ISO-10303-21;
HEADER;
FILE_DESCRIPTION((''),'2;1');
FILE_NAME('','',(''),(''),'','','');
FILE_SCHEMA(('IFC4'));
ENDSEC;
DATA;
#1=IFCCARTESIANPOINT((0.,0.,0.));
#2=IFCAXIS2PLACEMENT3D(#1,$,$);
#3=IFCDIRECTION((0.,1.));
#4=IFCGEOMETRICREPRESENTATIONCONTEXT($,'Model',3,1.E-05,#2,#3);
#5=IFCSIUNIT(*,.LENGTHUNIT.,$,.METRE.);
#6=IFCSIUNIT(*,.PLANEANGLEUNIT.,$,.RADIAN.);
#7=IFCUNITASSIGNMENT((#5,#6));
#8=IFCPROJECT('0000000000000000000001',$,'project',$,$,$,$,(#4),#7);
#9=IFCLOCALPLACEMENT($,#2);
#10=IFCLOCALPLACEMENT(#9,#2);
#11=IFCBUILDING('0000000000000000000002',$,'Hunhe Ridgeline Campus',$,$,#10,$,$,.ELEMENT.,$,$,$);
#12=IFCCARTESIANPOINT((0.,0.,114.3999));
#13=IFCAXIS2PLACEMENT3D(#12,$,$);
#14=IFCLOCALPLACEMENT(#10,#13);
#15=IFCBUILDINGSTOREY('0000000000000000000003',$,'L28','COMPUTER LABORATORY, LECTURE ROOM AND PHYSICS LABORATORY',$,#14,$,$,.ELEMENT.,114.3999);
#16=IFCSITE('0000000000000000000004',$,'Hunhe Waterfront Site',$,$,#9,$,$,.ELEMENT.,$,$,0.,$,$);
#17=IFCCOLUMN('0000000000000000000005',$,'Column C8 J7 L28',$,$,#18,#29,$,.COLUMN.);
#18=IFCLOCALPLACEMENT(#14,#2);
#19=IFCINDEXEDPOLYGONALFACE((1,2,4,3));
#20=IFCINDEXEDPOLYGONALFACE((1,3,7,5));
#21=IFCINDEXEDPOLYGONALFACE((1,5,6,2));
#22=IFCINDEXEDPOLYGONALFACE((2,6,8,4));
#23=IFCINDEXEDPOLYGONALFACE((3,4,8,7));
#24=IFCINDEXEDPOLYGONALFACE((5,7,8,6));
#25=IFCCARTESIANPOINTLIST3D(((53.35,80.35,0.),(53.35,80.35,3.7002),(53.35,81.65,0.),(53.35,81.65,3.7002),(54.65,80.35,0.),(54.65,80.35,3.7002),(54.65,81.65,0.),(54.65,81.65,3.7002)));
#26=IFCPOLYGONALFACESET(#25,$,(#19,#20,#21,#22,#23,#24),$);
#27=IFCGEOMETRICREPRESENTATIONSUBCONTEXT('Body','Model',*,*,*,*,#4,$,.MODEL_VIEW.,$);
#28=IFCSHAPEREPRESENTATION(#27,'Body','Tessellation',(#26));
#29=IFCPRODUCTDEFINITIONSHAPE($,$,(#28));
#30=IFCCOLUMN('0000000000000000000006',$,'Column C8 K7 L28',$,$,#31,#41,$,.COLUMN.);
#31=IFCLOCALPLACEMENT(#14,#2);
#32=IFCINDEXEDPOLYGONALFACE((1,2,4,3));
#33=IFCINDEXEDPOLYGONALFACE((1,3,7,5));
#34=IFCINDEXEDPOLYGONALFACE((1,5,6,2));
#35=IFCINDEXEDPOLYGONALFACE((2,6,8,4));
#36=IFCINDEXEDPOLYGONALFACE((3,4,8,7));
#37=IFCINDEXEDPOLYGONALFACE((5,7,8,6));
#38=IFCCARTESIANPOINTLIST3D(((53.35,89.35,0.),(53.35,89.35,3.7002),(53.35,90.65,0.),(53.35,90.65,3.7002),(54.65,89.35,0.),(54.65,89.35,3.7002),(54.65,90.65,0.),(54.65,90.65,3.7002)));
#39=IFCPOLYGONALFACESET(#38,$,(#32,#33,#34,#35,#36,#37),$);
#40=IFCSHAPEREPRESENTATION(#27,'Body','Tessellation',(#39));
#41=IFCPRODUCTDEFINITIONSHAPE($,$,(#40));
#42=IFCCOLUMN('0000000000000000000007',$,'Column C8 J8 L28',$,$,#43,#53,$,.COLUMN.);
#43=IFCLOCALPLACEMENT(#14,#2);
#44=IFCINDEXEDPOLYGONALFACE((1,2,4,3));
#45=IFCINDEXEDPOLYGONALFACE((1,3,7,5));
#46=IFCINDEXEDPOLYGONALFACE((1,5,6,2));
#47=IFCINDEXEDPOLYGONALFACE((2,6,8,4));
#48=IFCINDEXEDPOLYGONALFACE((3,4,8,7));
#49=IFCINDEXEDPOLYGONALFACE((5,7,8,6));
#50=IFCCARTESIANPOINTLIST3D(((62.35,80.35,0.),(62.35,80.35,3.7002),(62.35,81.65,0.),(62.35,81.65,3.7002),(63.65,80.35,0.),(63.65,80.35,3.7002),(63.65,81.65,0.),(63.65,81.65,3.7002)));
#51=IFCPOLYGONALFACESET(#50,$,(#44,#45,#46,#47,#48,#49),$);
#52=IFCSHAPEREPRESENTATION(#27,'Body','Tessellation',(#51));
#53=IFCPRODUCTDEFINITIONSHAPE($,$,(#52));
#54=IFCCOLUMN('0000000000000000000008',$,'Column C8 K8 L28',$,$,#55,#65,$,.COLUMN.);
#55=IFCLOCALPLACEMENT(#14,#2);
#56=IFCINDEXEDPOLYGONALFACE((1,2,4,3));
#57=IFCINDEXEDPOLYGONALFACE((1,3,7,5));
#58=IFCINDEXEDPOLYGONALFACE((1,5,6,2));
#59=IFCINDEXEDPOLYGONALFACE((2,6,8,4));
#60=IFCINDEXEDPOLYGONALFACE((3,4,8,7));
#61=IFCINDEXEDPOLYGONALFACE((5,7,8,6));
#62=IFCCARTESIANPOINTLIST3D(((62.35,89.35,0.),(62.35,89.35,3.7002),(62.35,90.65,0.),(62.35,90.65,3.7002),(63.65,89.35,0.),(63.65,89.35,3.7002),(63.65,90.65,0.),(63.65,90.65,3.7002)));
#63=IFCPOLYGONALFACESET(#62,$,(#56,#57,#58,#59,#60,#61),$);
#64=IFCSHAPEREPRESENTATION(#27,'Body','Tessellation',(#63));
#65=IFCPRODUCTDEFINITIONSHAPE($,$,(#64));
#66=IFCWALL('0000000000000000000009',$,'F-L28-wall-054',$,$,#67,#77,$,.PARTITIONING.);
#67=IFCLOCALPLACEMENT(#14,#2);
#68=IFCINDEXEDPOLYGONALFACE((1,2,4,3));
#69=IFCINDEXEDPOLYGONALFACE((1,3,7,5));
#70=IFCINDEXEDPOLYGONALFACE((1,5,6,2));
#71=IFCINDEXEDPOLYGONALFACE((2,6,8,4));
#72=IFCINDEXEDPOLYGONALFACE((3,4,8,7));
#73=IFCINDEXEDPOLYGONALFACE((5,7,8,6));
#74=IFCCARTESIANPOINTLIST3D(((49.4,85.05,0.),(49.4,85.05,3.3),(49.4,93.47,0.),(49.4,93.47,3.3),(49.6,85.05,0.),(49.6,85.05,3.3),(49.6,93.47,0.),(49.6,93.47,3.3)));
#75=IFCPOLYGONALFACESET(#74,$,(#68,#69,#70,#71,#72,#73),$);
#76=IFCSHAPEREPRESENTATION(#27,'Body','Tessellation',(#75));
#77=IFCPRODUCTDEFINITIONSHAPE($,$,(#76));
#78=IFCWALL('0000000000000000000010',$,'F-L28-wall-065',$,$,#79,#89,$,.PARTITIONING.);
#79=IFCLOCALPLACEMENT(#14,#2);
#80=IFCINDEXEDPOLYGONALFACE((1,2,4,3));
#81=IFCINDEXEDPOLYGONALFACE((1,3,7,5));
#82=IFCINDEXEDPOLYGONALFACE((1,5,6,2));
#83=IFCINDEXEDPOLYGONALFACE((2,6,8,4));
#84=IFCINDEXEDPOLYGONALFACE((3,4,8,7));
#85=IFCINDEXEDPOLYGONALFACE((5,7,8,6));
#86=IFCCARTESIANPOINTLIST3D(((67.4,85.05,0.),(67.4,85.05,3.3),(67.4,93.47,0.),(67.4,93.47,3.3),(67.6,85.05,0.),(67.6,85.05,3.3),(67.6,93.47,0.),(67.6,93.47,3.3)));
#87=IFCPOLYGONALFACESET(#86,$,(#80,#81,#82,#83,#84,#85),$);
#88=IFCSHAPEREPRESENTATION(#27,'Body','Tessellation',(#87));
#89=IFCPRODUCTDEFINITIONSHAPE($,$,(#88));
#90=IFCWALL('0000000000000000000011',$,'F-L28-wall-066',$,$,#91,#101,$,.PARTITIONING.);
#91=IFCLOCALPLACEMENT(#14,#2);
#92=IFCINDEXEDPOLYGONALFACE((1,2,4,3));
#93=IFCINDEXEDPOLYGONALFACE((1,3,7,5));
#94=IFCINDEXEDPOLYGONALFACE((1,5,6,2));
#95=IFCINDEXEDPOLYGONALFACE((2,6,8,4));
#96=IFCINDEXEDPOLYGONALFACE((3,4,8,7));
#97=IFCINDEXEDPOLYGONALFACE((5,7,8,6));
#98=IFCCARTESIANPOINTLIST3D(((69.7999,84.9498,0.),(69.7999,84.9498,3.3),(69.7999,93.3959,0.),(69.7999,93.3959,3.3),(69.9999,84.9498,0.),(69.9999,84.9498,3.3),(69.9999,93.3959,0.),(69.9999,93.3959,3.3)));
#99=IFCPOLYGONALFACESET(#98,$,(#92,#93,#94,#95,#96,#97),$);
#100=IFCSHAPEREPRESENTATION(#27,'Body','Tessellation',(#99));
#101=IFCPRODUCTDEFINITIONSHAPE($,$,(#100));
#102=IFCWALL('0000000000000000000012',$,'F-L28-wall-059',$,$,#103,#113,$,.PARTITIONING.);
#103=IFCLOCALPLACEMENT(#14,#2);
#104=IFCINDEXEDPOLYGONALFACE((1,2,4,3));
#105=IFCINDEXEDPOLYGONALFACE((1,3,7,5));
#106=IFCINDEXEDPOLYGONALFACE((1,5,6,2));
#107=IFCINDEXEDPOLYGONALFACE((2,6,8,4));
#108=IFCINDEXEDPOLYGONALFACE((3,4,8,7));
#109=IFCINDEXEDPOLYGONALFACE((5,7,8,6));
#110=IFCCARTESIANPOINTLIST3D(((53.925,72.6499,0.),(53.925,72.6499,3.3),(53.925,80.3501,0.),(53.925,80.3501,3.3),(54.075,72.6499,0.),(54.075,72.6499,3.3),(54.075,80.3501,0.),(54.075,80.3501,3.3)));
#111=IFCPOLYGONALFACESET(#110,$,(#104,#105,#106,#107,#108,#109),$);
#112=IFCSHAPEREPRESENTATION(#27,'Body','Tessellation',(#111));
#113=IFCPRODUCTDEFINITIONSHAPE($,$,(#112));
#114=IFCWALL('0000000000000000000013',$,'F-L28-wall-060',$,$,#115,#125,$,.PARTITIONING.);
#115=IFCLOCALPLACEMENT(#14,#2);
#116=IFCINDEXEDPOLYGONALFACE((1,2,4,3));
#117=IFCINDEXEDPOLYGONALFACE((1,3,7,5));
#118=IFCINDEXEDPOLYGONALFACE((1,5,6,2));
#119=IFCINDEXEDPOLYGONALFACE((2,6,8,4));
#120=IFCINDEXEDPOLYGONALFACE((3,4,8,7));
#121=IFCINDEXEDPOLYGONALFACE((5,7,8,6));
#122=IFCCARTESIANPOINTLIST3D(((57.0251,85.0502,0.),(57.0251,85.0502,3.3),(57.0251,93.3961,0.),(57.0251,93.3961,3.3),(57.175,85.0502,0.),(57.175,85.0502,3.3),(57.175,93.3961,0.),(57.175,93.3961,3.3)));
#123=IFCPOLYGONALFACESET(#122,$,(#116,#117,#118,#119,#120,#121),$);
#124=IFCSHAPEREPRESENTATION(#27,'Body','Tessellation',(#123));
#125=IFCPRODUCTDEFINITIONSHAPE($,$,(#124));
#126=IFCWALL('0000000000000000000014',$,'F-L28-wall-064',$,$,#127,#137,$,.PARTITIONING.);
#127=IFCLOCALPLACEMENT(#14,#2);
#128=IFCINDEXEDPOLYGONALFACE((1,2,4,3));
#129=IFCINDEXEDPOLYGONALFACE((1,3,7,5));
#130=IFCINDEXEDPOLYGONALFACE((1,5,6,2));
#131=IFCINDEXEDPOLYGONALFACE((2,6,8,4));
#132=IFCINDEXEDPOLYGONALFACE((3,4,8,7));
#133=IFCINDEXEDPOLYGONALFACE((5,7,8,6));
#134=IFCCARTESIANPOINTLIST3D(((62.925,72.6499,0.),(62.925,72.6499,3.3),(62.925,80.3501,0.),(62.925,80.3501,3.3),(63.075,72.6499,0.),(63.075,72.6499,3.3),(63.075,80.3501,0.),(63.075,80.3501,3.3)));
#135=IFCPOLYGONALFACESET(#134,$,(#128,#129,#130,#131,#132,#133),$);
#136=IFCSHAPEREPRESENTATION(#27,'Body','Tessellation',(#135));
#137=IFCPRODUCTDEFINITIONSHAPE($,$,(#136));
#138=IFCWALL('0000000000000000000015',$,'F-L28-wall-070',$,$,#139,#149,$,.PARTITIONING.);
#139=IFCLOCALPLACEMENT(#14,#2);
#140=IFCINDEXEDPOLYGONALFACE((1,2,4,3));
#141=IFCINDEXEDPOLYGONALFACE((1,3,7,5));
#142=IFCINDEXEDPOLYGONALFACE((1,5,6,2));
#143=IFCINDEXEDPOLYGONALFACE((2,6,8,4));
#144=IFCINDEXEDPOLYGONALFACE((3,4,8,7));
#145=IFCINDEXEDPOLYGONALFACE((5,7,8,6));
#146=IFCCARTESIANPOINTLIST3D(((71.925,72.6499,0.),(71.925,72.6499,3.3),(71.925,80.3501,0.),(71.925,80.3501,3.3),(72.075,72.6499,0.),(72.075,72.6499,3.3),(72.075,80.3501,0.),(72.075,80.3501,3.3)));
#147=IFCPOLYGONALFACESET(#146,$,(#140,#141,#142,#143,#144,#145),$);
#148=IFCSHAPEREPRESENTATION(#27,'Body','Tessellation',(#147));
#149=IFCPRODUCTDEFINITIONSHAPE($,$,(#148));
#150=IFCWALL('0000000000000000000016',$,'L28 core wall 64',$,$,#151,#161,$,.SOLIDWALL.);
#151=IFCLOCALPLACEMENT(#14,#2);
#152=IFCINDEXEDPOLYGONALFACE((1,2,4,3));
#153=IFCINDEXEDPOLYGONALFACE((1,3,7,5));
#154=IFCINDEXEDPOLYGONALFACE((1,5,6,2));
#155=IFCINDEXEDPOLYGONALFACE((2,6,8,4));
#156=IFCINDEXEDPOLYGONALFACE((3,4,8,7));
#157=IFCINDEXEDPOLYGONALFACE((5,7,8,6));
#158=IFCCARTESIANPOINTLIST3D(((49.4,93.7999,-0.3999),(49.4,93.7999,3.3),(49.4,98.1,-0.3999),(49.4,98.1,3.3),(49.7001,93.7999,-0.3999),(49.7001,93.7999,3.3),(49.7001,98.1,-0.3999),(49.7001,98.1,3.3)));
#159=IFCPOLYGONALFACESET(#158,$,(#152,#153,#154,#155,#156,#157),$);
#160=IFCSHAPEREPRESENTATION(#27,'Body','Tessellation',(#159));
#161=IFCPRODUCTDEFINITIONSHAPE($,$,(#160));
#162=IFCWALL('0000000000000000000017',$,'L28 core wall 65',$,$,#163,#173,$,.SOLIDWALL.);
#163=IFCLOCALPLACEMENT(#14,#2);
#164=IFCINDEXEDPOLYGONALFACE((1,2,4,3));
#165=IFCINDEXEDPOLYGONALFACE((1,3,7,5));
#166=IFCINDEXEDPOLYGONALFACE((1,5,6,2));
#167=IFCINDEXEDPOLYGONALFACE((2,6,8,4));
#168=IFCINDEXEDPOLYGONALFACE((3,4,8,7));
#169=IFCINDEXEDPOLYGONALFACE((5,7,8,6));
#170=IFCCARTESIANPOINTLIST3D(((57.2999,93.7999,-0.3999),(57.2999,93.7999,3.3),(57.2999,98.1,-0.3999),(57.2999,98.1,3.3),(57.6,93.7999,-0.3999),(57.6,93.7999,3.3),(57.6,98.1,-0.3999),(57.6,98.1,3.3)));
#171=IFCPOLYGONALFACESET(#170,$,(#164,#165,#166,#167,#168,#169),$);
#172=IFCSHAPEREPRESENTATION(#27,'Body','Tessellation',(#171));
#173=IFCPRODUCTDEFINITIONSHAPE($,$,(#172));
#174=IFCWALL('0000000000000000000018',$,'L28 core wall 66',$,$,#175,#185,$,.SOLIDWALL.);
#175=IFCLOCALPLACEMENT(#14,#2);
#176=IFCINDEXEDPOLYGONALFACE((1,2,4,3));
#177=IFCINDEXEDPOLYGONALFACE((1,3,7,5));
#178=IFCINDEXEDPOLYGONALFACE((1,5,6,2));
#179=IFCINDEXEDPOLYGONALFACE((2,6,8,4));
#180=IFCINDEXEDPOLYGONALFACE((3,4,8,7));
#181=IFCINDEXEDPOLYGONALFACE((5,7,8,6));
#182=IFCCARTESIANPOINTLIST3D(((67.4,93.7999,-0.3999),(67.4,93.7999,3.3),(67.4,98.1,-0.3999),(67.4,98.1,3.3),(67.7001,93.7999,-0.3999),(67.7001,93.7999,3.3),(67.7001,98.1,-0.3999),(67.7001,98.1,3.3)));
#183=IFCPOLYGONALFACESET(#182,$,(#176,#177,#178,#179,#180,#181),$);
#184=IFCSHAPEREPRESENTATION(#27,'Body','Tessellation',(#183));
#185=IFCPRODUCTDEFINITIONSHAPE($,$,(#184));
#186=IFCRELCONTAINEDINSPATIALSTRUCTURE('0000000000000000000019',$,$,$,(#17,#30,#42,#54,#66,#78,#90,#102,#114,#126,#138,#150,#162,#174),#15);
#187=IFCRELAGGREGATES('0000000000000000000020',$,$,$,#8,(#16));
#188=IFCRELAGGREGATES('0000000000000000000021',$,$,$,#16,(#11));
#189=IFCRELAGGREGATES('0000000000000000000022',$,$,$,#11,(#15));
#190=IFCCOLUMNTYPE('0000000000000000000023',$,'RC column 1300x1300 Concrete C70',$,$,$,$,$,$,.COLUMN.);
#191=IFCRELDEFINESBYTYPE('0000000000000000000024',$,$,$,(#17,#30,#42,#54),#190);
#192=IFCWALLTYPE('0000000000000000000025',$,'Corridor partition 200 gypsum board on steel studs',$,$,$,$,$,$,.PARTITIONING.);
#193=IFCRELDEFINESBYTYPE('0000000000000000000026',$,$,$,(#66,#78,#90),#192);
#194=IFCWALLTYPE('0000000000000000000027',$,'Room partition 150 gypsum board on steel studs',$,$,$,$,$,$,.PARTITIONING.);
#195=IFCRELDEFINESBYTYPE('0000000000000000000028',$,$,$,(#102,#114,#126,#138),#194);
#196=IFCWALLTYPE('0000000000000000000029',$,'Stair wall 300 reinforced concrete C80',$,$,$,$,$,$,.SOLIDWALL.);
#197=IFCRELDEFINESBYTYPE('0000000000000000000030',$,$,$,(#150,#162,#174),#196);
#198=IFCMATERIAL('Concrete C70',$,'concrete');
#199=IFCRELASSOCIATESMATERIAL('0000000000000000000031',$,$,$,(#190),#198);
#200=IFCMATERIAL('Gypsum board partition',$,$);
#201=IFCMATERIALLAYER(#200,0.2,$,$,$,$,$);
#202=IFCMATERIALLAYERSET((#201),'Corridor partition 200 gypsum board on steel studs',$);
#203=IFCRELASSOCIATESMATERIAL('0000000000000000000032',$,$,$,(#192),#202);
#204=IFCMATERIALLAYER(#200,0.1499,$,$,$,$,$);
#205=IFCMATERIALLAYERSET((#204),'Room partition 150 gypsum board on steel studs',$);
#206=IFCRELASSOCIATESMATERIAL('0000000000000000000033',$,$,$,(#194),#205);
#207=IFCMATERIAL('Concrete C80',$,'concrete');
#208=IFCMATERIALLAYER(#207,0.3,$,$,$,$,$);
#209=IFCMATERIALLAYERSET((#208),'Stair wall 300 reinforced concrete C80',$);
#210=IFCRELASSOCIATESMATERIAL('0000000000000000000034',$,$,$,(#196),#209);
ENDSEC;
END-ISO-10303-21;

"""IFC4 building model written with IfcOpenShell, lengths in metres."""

from ifc_helpers import new_model, si_unit, direction, frame, frame_2d, origin, origin_2d, place, context, subcontext, project, spatial, rectangle, extrude, material, layer, layer_set, material_profile, profile_set, type_object, element, save


model = new_model("IFC4")

# Units and contexts
model_context = context("Model", 3, precision=1e-05, world=origin(), true_north=direction((0.0, 1.0)))
body_context = subcontext(model_context, "Body", "Model", "MODEL_VIEW")
ifc_project = project(units=[si_unit("LENGTHUNIT", "METRE"), si_unit("PLANEANGLEUNIT", "RADIAN")], contexts=[model_context])

# Site, building, storey
site_placement = place(None, origin())
site = spatial("IfcSite", under=ifc_project, at=site_placement, Name="Hunhe Waterfront Site", CompositionType="ELEMENT", RefElevation=0.0)
building_placement = place(site_placement, origin())
building = spatial("IfcBuilding", under=site, at=building_placement, Name="Hunhe Ridgeline Campus", CompositionType="ELEMENT")
storey_placement = place(building_placement, frame((0.0, 0.0, 114.3999)))
storey = spatial("IfcBuildingStorey", under=building, at=storey_placement, Name="L28", Description="COMPUTER LABORATORY, LECTURE ROOM AND PHYSICS LABORATORY", CompositionType="ELEMENT", Elevation=114.3999)

# Columns
ifc_material_1 = material(Name="Concrete C70", Category="concrete")
ifc_material_profile = material_profile(ifc_material_1, rectangle(XDim=1.3, YDim=1.3, at=origin_2d()))
ifc_profile_set = profile_set([ifc_material_profile], Name="Concrete C70")
column_type = type_object("IfcColumnType", Name="RC column 1300x1300 Concrete C70", PredefinedType="COLUMN", material=ifc_profile_set)
for number, where, z_axis, x_axis, name in (
    (1, (54.0, 81.0, 0.0), (0.0, 0.0, 1.0), (1.0, 0.0, 0.0), "Column C8 J7 L28"),
    (2, (54.0, 90.0, 0.0), (0.0, 0.0, 1.0), (1.0, 0.0, 0.0), "Column C8 K7 L28"),
    (3, (63.0, 81.0, 0.0), (0.0, 0.0, 1.0), (1.0, 0.0, 0.0), "Column C8 J8 L28"),
    (4, (63.0, 90.0, 0.0), (0.0, 0.0, 1.0), (1.0, 0.0, 0.0), "Column C8 K8 L28"),
):
    element("IfcColumn", number, at=place(storey_placement, frame(where, z_axis=z_axis, x_axis=x_axis)), inside=storey, type_object=column_type, Name=name, PredefinedType="COLUMN", context=body_context, shape_type="SweptSolid", body=[
        extrude(rectangle(XDim=1.3, YDim=1.3, at=origin_2d()), origin(), (0.0, 0.0, 1.0), 3.7002),
    ])

# Shared definitions
ifc_material_2 = material(Name="Gypsum board partition")
ifc_layer_1 = layer(ifc_material_2, 0.2)
ifc_layer_set_1 = layer_set([ifc_layer_1], Name="Corridor partition 200 gypsum board on steel studs")
wall_type_1 = type_object("IfcWallType", Name="Corridor partition 200 gypsum board on steel studs", PredefinedType="PARTITIONING", material=ifc_layer_set_1)

# Wall
wall_1_placement = place(storey_placement, frame((49.5, 85.05, 0.0), z_axis=(0.0, 0.0, 1.0), x_axis=(0.0, 1.0, 0.0)))
element("IfcWall", 5, at=wall_1_placement, inside=storey, type_object=wall_type_1, Name="F-L28-wall-054", PredefinedType="PARTITIONING", context=body_context, shape_type="SweptSolid", body=[
    extrude(rectangle(XDim=8.4199, YDim=0.2, at=frame_2d((4.21, 0.0))), origin(), (0.0, 0.0, 1.0), 3.3),
])

# Walls
wall_2_placement = place(storey_placement, frame((67.5, 85.05, 0.0), z_axis=(0.0, 0.0, 1.0), x_axis=(0.0, 1.0, 0.0)))
element("IfcWall", 6, at=wall_2_placement, inside=storey, type_object=wall_type_1, Name="F-L28-wall-065", PredefinedType="PARTITIONING", context=body_context, shape_type="SweptSolid", body=[
    extrude(rectangle(XDim=8.4199, YDim=0.2, at=frame_2d((4.21, 0.0))), origin(), (0.0, 0.0, 1.0), 3.3),
])
wall_3_placement = place(storey_placement, frame((69.8999, 93.396, 0.0), z_axis=(0.0, 0.0, 1.0), x_axis=(0.0, -1.0, 0.0)))
element("IfcWall", 7, at=wall_3_placement, inside=storey, type_object=wall_type_1, Name="F-L28-wall-066", PredefinedType="PARTITIONING", context=body_context, shape_type="SweptSolid", body=[
    extrude(rectangle(XDim=8.446, YDim=0.2, at=frame_2d((4.2231, 0.0))), origin(), (0.0, 0.0, 1.0), 3.3),
])
ifc_layer_2 = layer(ifc_material_2, 0.1499)
ifc_layer_set_2 = layer_set([ifc_layer_2], Name="Room partition 150 gypsum board on steel studs")
wall_type_2 = type_object("IfcWallType", Name="Room partition 150 gypsum board on steel studs", PredefinedType="PARTITIONING", material=ifc_layer_set_2)
wall_4_placement = place(storey_placement, frame((54.0, 80.3501, 0.0), z_axis=(0.0, 0.0, 1.0), x_axis=(0.0, -1.0, 0.0)))
element("IfcWall", 8, at=wall_4_placement, inside=storey, type_object=wall_type_2, Name="F-L28-wall-059", PredefinedType="PARTITIONING", context=body_context, shape_type="SweptSolid", body=[
    extrude(rectangle(XDim=7.7002, YDim=0.1499, at=frame_2d((3.8501, 0.0))), origin(), (0.0, 0.0, 1.0), 3.3),
])
wall_5_placement = place(storey_placement, frame((57.1001, 93.396, 0.0), z_axis=(0.0, 0.0, 1.0), x_axis=(0.0, -1.0, 0.0)))
element("IfcWall", 9, at=wall_5_placement, inside=storey, type_object=wall_type_2, Name="F-L28-wall-060", PredefinedType="PARTITIONING", context=body_context, shape_type="SweptSolid", body=[
    extrude(rectangle(XDim=8.3459, YDim=0.1499, at=frame_2d((4.1729, 0.0))), origin(), (0.0, 0.0, 1.0), 3.3),
])
for number, where, z_axis, x_axis, name in (
    (10, (63.0, 80.3501, 0.0), (0.0, 0.0, 1.0), (0.0, -1.0, 0.0), "F-L28-wall-064"),
    (11, (72.0, 80.3501, 0.0), (0.0, 0.0, 1.0), (0.0, -1.0, 0.0), "F-L28-wall-070"),
):
    element("IfcWall", number, at=place(storey_placement, frame(where, z_axis=z_axis, x_axis=x_axis)), inside=storey, type_object=wall_type_2, Name=name, PredefinedType="PARTITIONING", context=body_context, shape_type="SweptSolid", body=[
        extrude(rectangle(XDim=7.7002, YDim=0.1499, at=frame_2d((3.8501, 0.0))), origin(), (0.0, 0.0, 1.0), 3.3),
    ])

# Shared definitions
ifc_material_3 = material(Name="Concrete C80", Category="concrete")
ifc_layer_3 = layer(ifc_material_3, 0.3)
ifc_layer_set_3 = layer_set([ifc_layer_3], Name="Stair wall 300 reinforced concrete C80")
wall_type_3 = type_object("IfcWallType", Name="Stair wall 300 reinforced concrete C80", PredefinedType="SOLIDWALL", material=ifc_layer_set_3)

# Walls
for number, where, z_axis, x_axis, name in (
    (12, (49.55, 93.8, -0.3999), (0.0, 0.0, 1.0), (0.0, 1.0, 0.0), "L28 core wall 64"),
    (13, (57.45, 93.8, -0.3999), (0.0, 0.0, 1.0), (0.0, 1.0, 0.0), "L28 core wall 65"),
    (14, (67.55, 93.8, -0.3999), (0.0, 0.0, 1.0), (0.0, 1.0, 0.0), "L28 core wall 66"),
):
    element("IfcWall", number, at=place(storey_placement, frame(where, z_axis=z_axis, x_axis=x_axis)), inside=storey, type_object=wall_type_3, Name=name, PredefinedType="SOLIDWALL", context=body_context, shape_type="SweptSolid", body=[
        extrude(rectangle(XDim=4.3, YDim=0.3, at=frame_2d((2.1499, 0.0))), origin(), (0.0, 0.0, 1.0), 3.7),
    ])

save(model, "model.ifc")
